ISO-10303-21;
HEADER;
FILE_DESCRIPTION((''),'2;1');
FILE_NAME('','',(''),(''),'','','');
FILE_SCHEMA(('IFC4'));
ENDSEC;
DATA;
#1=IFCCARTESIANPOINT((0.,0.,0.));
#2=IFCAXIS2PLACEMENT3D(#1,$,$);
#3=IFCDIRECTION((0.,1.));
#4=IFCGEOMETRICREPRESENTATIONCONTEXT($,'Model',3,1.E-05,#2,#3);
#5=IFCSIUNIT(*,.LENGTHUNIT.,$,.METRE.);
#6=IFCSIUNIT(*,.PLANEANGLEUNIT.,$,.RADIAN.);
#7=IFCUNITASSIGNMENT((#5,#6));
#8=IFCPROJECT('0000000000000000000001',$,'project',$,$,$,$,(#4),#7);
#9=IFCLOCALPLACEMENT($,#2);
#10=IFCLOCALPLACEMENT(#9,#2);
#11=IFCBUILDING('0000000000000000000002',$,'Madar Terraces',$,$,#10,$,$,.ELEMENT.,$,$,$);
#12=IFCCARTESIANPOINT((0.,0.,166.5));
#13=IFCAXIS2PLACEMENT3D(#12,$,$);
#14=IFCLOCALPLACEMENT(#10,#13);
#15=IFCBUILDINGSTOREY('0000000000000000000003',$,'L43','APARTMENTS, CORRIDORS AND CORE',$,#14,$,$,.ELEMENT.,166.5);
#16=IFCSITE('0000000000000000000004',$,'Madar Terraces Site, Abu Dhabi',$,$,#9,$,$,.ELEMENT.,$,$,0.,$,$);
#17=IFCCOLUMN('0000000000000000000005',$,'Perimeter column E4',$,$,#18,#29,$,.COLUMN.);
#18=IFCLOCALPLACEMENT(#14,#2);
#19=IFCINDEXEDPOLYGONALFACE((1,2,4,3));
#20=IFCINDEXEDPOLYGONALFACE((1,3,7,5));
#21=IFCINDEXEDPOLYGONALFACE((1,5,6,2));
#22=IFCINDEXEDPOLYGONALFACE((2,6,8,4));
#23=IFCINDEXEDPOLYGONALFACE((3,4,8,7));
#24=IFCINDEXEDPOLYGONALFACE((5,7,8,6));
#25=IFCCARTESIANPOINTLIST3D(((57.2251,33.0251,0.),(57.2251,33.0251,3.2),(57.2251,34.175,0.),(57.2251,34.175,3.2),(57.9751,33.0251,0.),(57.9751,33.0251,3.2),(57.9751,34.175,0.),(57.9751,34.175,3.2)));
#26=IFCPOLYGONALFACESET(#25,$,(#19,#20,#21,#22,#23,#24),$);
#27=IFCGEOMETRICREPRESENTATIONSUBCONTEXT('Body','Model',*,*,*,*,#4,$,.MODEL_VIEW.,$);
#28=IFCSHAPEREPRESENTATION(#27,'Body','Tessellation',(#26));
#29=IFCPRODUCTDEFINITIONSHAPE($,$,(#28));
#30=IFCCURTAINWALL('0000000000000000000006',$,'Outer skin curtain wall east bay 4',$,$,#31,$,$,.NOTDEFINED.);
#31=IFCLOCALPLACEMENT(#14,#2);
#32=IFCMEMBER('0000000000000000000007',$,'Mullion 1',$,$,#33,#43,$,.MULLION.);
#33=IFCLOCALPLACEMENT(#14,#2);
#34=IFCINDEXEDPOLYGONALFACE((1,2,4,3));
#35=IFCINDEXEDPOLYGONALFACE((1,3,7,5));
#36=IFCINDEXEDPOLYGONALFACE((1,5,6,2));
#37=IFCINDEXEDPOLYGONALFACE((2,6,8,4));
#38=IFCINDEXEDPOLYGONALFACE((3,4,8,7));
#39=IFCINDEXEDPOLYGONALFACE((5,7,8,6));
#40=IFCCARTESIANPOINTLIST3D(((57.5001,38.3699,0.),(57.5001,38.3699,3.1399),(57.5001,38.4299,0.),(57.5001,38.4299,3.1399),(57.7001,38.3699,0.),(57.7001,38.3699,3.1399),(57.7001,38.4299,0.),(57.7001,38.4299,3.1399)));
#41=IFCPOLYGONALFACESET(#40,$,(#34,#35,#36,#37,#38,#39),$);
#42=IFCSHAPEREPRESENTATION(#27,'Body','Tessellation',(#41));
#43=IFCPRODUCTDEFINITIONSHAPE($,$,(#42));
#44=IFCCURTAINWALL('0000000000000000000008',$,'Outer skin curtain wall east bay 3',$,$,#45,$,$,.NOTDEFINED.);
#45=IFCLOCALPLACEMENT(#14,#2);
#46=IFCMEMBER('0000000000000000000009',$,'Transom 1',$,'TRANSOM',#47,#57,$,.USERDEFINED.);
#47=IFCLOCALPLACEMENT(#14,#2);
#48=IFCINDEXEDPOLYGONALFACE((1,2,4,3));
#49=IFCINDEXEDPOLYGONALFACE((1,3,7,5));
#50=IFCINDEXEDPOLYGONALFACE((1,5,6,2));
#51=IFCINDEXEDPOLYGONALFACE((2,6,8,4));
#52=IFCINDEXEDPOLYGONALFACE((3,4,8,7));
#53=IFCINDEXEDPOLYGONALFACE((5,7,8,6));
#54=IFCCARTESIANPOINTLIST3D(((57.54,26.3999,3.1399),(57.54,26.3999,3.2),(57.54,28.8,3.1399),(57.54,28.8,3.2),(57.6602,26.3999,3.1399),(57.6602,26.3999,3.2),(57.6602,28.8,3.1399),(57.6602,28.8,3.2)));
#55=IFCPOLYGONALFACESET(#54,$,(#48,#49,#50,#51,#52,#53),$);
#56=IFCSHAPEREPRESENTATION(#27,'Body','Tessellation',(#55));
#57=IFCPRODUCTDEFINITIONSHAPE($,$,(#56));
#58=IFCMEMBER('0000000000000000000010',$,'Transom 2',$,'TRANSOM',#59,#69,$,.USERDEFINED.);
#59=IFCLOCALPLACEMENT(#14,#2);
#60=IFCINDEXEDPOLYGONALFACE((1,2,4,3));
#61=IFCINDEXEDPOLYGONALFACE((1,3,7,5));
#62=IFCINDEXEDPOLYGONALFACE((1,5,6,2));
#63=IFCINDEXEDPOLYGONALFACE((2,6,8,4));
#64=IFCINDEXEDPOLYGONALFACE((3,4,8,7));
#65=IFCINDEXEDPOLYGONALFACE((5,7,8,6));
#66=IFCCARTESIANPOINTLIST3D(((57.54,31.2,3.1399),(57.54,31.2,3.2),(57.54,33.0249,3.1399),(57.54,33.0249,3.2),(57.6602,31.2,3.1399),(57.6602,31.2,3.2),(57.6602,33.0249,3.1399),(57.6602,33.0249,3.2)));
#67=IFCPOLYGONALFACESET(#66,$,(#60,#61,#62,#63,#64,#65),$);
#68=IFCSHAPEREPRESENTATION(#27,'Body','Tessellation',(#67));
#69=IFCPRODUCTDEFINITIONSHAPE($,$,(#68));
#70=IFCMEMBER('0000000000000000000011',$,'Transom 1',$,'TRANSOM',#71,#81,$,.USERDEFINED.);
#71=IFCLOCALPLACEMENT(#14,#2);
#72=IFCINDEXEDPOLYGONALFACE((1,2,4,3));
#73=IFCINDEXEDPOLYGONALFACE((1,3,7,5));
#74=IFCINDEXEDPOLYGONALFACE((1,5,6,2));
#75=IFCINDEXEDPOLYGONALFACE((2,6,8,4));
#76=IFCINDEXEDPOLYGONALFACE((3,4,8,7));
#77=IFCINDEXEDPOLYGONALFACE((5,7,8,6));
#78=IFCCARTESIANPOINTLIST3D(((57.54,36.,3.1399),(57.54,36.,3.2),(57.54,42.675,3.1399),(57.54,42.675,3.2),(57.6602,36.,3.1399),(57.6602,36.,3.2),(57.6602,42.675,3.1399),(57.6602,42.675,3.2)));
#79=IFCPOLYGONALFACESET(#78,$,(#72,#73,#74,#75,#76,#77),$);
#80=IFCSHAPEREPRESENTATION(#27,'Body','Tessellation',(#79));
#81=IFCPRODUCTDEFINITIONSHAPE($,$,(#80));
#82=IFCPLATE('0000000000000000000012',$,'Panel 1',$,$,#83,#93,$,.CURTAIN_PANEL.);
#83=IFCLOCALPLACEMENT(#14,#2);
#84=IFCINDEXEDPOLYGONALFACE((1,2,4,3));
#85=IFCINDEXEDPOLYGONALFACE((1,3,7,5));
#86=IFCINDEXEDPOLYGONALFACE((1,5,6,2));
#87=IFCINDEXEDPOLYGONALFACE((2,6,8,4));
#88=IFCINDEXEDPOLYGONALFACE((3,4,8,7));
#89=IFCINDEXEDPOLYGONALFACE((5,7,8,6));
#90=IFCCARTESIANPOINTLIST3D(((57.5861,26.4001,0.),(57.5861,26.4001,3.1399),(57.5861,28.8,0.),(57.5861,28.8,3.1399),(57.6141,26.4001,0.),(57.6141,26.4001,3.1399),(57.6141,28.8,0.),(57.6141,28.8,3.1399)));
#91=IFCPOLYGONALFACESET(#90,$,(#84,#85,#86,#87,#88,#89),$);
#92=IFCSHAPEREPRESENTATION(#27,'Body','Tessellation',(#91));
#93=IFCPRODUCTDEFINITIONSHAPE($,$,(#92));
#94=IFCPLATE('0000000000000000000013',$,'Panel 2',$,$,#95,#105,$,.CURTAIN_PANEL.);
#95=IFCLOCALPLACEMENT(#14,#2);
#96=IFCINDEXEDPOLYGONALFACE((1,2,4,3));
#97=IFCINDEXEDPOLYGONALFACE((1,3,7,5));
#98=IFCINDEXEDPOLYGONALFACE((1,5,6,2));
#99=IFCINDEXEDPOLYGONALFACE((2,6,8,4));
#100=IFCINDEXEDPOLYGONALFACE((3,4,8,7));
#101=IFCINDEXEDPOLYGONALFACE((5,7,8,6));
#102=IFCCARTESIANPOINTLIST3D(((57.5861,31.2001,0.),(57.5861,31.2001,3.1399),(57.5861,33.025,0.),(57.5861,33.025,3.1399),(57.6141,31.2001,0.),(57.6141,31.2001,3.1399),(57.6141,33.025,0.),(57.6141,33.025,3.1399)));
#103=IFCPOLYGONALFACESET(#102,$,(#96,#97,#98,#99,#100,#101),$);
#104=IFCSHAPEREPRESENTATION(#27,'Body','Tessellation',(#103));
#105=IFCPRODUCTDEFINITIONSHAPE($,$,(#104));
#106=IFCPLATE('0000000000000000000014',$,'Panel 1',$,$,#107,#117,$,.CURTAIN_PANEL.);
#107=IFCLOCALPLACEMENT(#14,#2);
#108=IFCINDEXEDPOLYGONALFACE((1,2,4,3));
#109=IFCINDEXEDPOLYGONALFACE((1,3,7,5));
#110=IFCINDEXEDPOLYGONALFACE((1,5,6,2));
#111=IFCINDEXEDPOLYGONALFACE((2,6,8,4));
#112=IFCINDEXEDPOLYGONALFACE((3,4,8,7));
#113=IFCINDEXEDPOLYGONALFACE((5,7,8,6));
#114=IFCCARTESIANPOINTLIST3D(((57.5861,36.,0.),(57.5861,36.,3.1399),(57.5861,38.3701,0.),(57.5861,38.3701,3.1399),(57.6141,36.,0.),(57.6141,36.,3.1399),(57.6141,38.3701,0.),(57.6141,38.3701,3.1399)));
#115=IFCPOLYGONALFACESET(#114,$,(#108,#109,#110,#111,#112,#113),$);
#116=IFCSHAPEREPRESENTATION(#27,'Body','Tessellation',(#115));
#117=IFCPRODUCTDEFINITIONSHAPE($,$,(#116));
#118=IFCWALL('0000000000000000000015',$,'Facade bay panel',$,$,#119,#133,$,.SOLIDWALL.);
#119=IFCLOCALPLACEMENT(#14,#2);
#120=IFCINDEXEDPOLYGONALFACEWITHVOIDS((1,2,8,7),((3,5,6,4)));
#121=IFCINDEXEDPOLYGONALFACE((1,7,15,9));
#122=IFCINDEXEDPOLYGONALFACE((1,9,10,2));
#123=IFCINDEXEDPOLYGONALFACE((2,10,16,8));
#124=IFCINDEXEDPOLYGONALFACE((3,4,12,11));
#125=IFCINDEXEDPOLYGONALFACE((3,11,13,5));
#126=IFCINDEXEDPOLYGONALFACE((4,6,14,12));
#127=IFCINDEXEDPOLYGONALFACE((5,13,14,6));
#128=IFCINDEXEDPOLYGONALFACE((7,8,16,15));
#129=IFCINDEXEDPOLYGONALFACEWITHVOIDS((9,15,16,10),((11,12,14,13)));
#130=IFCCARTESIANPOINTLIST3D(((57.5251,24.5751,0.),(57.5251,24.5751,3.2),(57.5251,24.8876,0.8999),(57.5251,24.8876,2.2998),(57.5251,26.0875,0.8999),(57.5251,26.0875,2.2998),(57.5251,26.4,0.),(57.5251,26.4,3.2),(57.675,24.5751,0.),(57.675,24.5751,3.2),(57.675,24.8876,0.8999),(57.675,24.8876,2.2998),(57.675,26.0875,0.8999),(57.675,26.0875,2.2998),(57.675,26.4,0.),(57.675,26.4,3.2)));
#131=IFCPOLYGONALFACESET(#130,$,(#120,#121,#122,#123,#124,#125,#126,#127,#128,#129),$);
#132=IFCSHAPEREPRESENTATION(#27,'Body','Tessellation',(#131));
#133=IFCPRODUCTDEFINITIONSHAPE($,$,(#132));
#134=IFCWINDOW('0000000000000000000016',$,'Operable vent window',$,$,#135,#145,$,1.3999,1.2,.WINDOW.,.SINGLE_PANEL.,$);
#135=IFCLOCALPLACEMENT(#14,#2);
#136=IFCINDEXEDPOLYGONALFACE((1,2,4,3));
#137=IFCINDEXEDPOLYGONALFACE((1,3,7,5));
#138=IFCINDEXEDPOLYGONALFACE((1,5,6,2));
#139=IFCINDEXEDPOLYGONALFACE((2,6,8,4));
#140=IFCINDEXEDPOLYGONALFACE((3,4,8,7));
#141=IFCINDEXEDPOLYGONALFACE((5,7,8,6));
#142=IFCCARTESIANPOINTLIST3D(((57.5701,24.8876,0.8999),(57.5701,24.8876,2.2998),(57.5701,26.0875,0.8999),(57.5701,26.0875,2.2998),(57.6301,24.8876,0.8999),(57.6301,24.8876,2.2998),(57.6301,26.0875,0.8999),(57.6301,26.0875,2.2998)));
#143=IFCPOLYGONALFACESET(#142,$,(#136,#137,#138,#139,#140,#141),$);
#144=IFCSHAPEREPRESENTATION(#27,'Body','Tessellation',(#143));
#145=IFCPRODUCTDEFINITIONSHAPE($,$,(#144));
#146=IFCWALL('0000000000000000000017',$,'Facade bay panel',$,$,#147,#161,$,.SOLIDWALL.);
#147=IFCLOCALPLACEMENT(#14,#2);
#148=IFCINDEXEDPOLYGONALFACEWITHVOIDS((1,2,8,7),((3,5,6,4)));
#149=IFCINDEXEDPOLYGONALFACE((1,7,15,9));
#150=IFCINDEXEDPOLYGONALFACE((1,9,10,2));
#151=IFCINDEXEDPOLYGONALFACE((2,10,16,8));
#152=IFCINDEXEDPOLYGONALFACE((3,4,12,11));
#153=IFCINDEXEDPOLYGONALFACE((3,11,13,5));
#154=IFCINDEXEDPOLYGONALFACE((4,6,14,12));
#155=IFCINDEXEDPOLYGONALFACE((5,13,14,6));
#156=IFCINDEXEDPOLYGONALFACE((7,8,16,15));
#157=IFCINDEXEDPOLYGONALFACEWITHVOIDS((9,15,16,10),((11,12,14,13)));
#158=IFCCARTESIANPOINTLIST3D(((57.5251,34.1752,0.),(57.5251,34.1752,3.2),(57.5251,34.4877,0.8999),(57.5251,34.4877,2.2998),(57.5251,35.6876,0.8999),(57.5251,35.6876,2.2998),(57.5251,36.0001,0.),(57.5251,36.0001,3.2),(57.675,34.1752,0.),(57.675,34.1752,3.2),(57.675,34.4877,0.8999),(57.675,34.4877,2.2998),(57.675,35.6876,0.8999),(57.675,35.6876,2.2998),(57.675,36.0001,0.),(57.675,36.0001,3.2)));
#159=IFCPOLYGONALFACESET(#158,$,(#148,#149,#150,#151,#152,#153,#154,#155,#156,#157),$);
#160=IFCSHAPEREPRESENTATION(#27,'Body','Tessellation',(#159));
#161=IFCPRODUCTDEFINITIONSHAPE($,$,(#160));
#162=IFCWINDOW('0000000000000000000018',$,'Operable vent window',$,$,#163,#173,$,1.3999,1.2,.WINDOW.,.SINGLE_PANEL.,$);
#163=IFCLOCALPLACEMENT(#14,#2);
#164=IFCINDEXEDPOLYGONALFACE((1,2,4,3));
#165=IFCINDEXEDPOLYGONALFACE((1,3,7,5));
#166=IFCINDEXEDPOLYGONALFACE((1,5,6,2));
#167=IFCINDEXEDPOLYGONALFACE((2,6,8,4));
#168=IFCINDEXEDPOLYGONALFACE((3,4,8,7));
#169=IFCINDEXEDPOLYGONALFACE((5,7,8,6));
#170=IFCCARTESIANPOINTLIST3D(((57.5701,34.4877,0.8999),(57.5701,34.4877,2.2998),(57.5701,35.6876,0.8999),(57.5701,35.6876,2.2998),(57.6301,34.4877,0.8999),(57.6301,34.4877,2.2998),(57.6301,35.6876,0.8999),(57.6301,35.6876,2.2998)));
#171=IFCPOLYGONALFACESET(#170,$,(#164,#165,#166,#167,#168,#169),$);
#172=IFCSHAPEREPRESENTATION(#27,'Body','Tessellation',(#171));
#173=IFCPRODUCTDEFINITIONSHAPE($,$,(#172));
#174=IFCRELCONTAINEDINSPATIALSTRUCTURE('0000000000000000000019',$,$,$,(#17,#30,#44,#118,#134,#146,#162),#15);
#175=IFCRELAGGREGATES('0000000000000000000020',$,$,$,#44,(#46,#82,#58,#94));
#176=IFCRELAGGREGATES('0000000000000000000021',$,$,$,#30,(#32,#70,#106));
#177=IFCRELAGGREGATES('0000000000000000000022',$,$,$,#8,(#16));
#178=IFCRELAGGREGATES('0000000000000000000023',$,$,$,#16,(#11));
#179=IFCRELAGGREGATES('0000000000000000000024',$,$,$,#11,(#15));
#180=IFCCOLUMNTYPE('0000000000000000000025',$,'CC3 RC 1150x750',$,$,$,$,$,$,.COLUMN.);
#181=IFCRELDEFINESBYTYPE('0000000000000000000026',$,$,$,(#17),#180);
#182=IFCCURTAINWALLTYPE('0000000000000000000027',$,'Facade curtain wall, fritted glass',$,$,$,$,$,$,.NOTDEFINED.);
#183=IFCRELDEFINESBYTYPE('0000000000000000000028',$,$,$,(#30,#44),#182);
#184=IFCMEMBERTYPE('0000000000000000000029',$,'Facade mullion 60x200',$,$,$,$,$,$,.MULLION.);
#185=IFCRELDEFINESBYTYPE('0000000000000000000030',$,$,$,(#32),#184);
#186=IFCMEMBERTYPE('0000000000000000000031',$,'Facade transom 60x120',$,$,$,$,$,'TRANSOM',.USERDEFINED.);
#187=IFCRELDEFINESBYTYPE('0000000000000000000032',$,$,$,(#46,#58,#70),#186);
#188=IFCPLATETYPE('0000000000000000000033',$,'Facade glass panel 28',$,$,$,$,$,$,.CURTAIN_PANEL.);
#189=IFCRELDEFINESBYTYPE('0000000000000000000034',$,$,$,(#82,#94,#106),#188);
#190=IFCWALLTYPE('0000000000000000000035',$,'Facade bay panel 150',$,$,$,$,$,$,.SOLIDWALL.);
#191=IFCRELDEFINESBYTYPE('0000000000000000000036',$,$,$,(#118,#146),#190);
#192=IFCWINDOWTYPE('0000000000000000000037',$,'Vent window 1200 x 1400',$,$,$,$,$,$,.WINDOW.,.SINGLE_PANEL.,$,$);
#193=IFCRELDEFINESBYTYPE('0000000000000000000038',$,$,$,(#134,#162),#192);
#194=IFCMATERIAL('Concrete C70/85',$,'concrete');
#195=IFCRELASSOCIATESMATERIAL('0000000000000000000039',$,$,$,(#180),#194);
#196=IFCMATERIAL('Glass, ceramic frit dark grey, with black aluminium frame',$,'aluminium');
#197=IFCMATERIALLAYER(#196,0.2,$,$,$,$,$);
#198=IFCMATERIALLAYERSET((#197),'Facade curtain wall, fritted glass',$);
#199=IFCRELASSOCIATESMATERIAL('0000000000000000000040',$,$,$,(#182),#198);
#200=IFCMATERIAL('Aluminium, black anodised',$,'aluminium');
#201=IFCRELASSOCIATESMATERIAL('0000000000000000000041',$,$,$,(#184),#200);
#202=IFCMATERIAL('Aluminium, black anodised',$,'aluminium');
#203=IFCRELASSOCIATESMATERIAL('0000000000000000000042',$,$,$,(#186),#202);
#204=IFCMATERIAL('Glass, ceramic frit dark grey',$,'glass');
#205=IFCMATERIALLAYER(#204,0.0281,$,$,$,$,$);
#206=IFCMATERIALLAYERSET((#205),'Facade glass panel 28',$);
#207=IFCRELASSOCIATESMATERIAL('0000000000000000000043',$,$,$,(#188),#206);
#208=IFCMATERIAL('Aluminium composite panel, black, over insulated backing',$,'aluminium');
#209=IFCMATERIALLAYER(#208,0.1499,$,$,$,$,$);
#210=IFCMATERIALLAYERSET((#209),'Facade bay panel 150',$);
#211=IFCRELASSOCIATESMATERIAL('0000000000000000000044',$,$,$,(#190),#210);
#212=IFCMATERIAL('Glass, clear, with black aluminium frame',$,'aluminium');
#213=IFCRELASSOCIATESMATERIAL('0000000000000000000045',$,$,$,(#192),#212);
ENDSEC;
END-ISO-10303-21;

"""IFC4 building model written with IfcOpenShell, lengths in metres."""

from ifc_helpers import new_model, si_unit, direction, frame, frame_2d, origin, origin_2d, place, context, subcontext, project, spatial, rectangle, extrude, material, layer, layer_set, material_profile, profile_set, type_object, element, fill, aggregate, save


model = new_model("IFC4")

# Units and contexts
model_context = context("Model", 3, precision=1e-05, world=origin(), true_north=direction((0.0, 1.0)))
body_context = subcontext(model_context, "Body", "Model", "MODEL_VIEW")
ifc_project = project(units=[si_unit("LENGTHUNIT", "METRE"), si_unit("PLANEANGLEUNIT", "RADIAN")], contexts=[model_context])

# Site, building, storey
site_placement = place(None, origin())
site = spatial("IfcSite", under=ifc_project, at=site_placement, Name="Madar Terraces Site, Abu Dhabi", CompositionType="ELEMENT", RefElevation=0.0)
building_placement = place(site_placement, origin())
building = spatial("IfcBuilding", under=site, at=building_placement, Name="Madar Terraces", CompositionType="ELEMENT")
storey_placement = place(building_placement, frame((0.0, 0.0, 166.5)))
storey = spatial("IfcBuildingStorey", under=building, at=storey_placement, Name="L43", Description="APARTMENTS, CORRIDORS AND CORE", CompositionType="ELEMENT", Elevation=166.5)

# Column
ifc_material_1 = material(Name="Concrete C70/85", Category="concrete")
ifc_material_profile_1 = material_profile(ifc_material_1, rectangle(XDim=1.1499, YDim=0.75, at=origin_2d()), Name="CC3 RC 1150x750")
ifc_profile_set_1 = profile_set([ifc_material_profile_1], Name="Concrete C70/85")
column_type = type_object("IfcColumnType", Name="CC3 RC 1150x750", PredefinedType="COLUMN", material=ifc_profile_set_1)
column_placement = place(storey_placement, frame((57.6001, 33.6001, 0.0), z_axis=(0.0, 0.0, 1.0), x_axis=(0.0, 1.0, 0.0)))
element("IfcColumn", 1, at=column_placement, inside=storey, type_object=column_type, Name="Perimeter column E4", PredefinedType="COLUMN", context=body_context, shape_type="SweptSolid", body=[
    extrude(rectangle(XDim=1.1499, YDim=0.75, at=origin_2d()), origin(), (0.0, 0.0, 1.0), 3.2),
])

# Curtain wall, member
ifc_material_2 = material(Name="Glass, ceramic frit dark grey, with black aluminium frame", Category="aluminium")
ifc_layer_1 = layer(ifc_material_2, 0.2)
ifc_layer_set_1 = layer_set([ifc_layer_1], Name="Facade curtain wall, fritted glass")
curtain_wall_type = type_object("IfcCurtainWallType", Name="Facade curtain wall, fritted glass", PredefinedType="NOTDEFINED", material=ifc_layer_set_1)
curtain_wall_1_placement = place(storey_placement, origin())
curtain_wall_1 = element("IfcCurtainWall", 2, at=curtain_wall_1_placement, inside=storey, type_object=curtain_wall_type, Name="Outer skin curtain wall east bay 4", PredefinedType="NOTDEFINED")
ifc_material_3 = material(Name="Aluminium, black anodised", Category="aluminium")
ifc_material_profile_2 = material_profile(ifc_material_3, rectangle(XDim=0.2, YDim=0.0601, at=origin_2d()), Name="Facade mullion 60x200")
ifc_profile_set_2 = profile_set([ifc_material_profile_2], Name="Aluminium, black anodised")
member_type_1 = type_object("IfcMemberType", Name="Facade mullion 60x200", PredefinedType="MULLION", material=ifc_profile_set_2)
member_1_placement = place(storey_placement, frame((57.6001, 38.3999, 0.0), z_axis=(0.0, 0.0, 1.0), x_axis=(-1.0, 0.0, 0.0)))
member_1 = element("IfcMember", 3, at=member_1_placement, type_object=member_type_1, Name="Mullion 1", PredefinedType="MULLION", context=body_context, shape_type="SweptSolid", body=[
    extrude(rectangle(XDim=0.2, YDim=0.0601, at=origin_2d()), origin(), (0.0, 0.0, 1.0), 3.1399),
])

# Curtain wall, members
curtain_wall_2_placement = place(storey_placement, origin())
curtain_wall_2 = element("IfcCurtainWall", 4, at=curtain_wall_2_placement, inside=storey, type_object=curtain_wall_type, Name="Outer skin curtain wall east bay 3", PredefinedType="NOTDEFINED")
ifc_material_4 = material(Name="Aluminium, black anodised", Category="aluminium")
ifc_material_profile_3 = material_profile(ifc_material_4, rectangle(XDim=0.1201, YDim=0.0601, at=origin_2d()), Name="Facade transom 60x120")
ifc_profile_set_3 = profile_set([ifc_material_profile_3], Name="Aluminium, black anodised")
member_type_2 = type_object("IfcMemberType", Name="Facade transom 60x120", ElementType="TRANSOM", PredefinedType="USERDEFINED", material=ifc_profile_set_3)
member_2_placement = place(storey_placement, frame((57.6001, 26.3999, 3.1699), z_axis=(0.0, 1.0, 0.0), x_axis=(-1.0, 0.0, 0.0)))
member_2 = element("IfcMember", 5, at=member_2_placement, type_object=member_type_2, Name="Transom 1", ObjectType="TRANSOM", PredefinedType="USERDEFINED", context=body_context, shape_type="SweptSolid", body=[
    extrude(rectangle(XDim=0.1201, YDim=0.0601, at=origin_2d()), origin(), (0.0, 0.0, 1.0), 2.4001),
])
member_3_placement = place(storey_placement, frame((57.6001, 31.2, 3.1699), z_axis=(0.0, 1.0, 0.0), x_axis=(-1.0, 0.0, 0.0)))
member_3 = element("IfcMember", 6, at=member_3_placement, type_object=member_type_2, Name="Transom 2", ObjectType="TRANSOM", PredefinedType="USERDEFINED", context=body_context, shape_type="SweptSolid", body=[
    extrude(rectangle(XDim=0.1201, YDim=0.0601, at=origin_2d()), origin(), (0.0, 0.0, 1.0), 1.825),
])

# Member
member_4_placement = place(storey_placement, frame((57.6001, 36.0, 3.1699), z_axis=(0.0, 1.0, 0.0), x_axis=(-1.0, 0.0, 0.0)))
member_4 = element("IfcMember", 7, at=member_4_placement, type_object=member_type_2, Name="Transom 1", ObjectType="TRANSOM", PredefinedType="USERDEFINED", context=body_context, shape_type="SweptSolid", body=[
    extrude(rectangle(XDim=0.1201, YDim=0.0601, at=origin_2d()), origin(), (0.0, 0.0, 1.0), 6.675),
])

# Plates
ifc_material_5 = material(Name="Glass, ceramic frit dark grey", Category="glass")
ifc_layer_2 = layer(ifc_material_5, 0.0281)
ifc_layer_set_2 = layer_set([ifc_layer_2], Name="Facade glass panel 28")
plate_type = type_object("IfcPlateType", Name="Facade glass panel 28", PredefinedType="CURTAIN_PANEL", material=ifc_layer_set_2)
plate_1_placement = place(storey_placement, frame((57.6001, 27.6001, 0.0), z_axis=(0.0, 0.0, 1.0), x_axis=(0.0, 1.0, 0.0)))
plate_1 = element("IfcPlate", 8, at=plate_1_placement, type_object=plate_type, Name="Panel 1", PredefinedType="CURTAIN_PANEL", context=body_context, shape_type="SweptSolid", body=[
    extrude(rectangle(XDim=2.3999, YDim=0.0281, at=origin_2d()), origin(), (0.0, 0.0, 1.0), 3.1399),
])
plate_2_placement = place(storey_placement, frame((57.6001, 32.1125, 0.0), z_axis=(0.0, 0.0, 1.0), x_axis=(0.0, 1.0, 0.0)))
plate_2 = element("IfcPlate", 9, at=plate_2_placement, type_object=plate_type, Name="Panel 2", PredefinedType="CURTAIN_PANEL", context=body_context, shape_type="SweptSolid", body=[
    extrude(rectangle(XDim=1.825, YDim=0.0281, at=origin_2d()), origin(), (0.0, 0.0, 1.0), 3.1399),
])
aggregate(curtain_wall_2, [member_2, plate_1, member_3, plate_2])
plate_3_placement = place(storey_placement, frame((57.6001, 37.1851, 0.0), z_axis=(0.0, 0.0, 1.0), x_axis=(0.0, 1.0, 0.0)))
plate_3 = element("IfcPlate", 10, at=plate_3_placement, type_object=plate_type, Name="Panel 1", PredefinedType="CURTAIN_PANEL", context=body_context, shape_type="SweptSolid", body=[
    extrude(rectangle(XDim=2.3701, YDim=0.0281, at=origin_2d()), origin(), (0.0, 0.0, 1.0), 3.1399),
])
aggregate(curtain_wall_1, [member_1, member_4, plate_3])

# Wall, opening, window
ifc_material_6 = material(Name="Aluminium composite panel, black, over insulated backing", Category="aluminium")
ifc_layer_3 = layer(ifc_material_6, 0.1499)
ifc_layer_set_3 = layer_set([ifc_layer_3], Name="Facade bay panel 150")
wall_type_1 = type_object("IfcWallType", Name="Facade bay panel 150", PredefinedType="SOLIDWALL", material=ifc_layer_set_3)
wall_1_placement = place(storey_placement, frame((57.6001, 24.575, 0.0), z_axis=(0.0, 0.0, 1.0), x_axis=(0.0, 1.0, 0.0)))
wall_1 = element("IfcWall", 11, at=wall_1_placement, inside=storey, type_object=wall_type_1, Name="Facade bay panel", PredefinedType="SOLIDWALL", context=body_context, shape_type="SweptSolid", body=[
    extrude(rectangle(XDim=1.825, YDim=0.1499, at=frame_2d((0.9126, 0.0))), origin(), (0.0, 0.0, 1.0), 3.2),
])
opening_1_placement = place(wall_1_placement, frame((0.3125, 0.0, 0.8999)))
opening_1 = element("IfcOpeningElement", 12, at=opening_1_placement, cuts=wall_1, PredefinedType="OPENING", context=body_context, shape_type="SweptSolid", body=[
    extrude(rectangle(XDim=1.2, YDim=1.3999, at=frame_2d((0.6001, 0.7))), frame((0.0, 0.085, 0.0), z_axis=(0.0, -1.0, 0.0), x_axis=(1.0, 0.0, 0.0)), (0.0, 0.0, 1.0), 0.1699),
])
ifc_material_7 = material(Name="Glass, clear, with black aluminium frame", Category="aluminium")
window_type = type_object("IfcWindowType", Name="Vent window 1200 x 1400", PartitioningType="SINGLE_PANEL", PredefinedType="WINDOW", material=ifc_material_7)
window_1_placement = place(opening_1_placement, origin())
window_1 = element("IfcWindow", 13, at=window_1_placement, inside=storey, type_object=window_type, Name="Operable vent window", OverallHeight=1.3999, OverallWidth=1.2, PartitioningType="SINGLE_PANEL", PredefinedType="WINDOW", context=body_context, shape_type="SweptSolid", body=[
    extrude(rectangle(XDim=1.2, YDim=1.3999, at=frame_2d((0.6001, 0.7))), frame((0.0, 0.03, 0.0), z_axis=(0.0, -1.0, 0.0), x_axis=(1.0, 0.0, 0.0)), (0.0, 0.0, 1.0), 0.0601),
])
fill(opening_1, window_1)

# Wall, opening, window
wall_2_placement = place(storey_placement, frame((57.6001, 34.175, 0.0), z_axis=(0.0, 0.0, 1.0), x_axis=(0.0, 1.0, 0.0)))
wall_2 = element("IfcWall", 14, at=wall_2_placement, inside=storey, type_object=wall_type_1, Name="Facade bay panel", PredefinedType="SOLIDWALL", context=body_context, shape_type="SweptSolid", body=[
    extrude(rectangle(XDim=1.825, YDim=0.1499, at=frame_2d((0.9126, 0.0))), origin(), (0.0, 0.0, 1.0), 3.2),
])
opening_2_placement = place(wall_2_placement, frame((0.3125, 0.0, 0.8999)))
opening_2 = element("IfcOpeningElement", 15, at=opening_2_placement, cuts=wall_2, PredefinedType="OPENING", context=body_context, shape_type="SweptSolid", body=[
    extrude(rectangle(XDim=1.2, YDim=1.3999, at=frame_2d((0.6001, 0.7))), frame((0.0, 0.085, 0.0), z_axis=(0.0, -1.0, 0.0), x_axis=(1.0, 0.0, 0.0)), (0.0, 0.0, 1.0), 0.1699),
])
window_2_placement = place(opening_2_placement, origin())
window_2 = element("IfcWindow", 16, at=window_2_placement, inside=storey, type_object=window_type, Name="Operable vent window", OverallHeight=1.3999, OverallWidth=1.2, PartitioningType="SINGLE_PANEL", PredefinedType="WINDOW", context=body_context, shape_type="SweptSolid", body=[
    extrude(rectangle(XDim=1.2, YDim=1.3999, at=frame_2d((0.6001, 0.7))), frame((0.0, 0.03, 0.0), z_axis=(0.0, -1.0, 0.0), x_axis=(1.0, 0.0, 0.0)), (0.0, 0.0, 1.0), 0.0601),
])
fill(opening_2, window_2)

save(model, "model.ifc")
